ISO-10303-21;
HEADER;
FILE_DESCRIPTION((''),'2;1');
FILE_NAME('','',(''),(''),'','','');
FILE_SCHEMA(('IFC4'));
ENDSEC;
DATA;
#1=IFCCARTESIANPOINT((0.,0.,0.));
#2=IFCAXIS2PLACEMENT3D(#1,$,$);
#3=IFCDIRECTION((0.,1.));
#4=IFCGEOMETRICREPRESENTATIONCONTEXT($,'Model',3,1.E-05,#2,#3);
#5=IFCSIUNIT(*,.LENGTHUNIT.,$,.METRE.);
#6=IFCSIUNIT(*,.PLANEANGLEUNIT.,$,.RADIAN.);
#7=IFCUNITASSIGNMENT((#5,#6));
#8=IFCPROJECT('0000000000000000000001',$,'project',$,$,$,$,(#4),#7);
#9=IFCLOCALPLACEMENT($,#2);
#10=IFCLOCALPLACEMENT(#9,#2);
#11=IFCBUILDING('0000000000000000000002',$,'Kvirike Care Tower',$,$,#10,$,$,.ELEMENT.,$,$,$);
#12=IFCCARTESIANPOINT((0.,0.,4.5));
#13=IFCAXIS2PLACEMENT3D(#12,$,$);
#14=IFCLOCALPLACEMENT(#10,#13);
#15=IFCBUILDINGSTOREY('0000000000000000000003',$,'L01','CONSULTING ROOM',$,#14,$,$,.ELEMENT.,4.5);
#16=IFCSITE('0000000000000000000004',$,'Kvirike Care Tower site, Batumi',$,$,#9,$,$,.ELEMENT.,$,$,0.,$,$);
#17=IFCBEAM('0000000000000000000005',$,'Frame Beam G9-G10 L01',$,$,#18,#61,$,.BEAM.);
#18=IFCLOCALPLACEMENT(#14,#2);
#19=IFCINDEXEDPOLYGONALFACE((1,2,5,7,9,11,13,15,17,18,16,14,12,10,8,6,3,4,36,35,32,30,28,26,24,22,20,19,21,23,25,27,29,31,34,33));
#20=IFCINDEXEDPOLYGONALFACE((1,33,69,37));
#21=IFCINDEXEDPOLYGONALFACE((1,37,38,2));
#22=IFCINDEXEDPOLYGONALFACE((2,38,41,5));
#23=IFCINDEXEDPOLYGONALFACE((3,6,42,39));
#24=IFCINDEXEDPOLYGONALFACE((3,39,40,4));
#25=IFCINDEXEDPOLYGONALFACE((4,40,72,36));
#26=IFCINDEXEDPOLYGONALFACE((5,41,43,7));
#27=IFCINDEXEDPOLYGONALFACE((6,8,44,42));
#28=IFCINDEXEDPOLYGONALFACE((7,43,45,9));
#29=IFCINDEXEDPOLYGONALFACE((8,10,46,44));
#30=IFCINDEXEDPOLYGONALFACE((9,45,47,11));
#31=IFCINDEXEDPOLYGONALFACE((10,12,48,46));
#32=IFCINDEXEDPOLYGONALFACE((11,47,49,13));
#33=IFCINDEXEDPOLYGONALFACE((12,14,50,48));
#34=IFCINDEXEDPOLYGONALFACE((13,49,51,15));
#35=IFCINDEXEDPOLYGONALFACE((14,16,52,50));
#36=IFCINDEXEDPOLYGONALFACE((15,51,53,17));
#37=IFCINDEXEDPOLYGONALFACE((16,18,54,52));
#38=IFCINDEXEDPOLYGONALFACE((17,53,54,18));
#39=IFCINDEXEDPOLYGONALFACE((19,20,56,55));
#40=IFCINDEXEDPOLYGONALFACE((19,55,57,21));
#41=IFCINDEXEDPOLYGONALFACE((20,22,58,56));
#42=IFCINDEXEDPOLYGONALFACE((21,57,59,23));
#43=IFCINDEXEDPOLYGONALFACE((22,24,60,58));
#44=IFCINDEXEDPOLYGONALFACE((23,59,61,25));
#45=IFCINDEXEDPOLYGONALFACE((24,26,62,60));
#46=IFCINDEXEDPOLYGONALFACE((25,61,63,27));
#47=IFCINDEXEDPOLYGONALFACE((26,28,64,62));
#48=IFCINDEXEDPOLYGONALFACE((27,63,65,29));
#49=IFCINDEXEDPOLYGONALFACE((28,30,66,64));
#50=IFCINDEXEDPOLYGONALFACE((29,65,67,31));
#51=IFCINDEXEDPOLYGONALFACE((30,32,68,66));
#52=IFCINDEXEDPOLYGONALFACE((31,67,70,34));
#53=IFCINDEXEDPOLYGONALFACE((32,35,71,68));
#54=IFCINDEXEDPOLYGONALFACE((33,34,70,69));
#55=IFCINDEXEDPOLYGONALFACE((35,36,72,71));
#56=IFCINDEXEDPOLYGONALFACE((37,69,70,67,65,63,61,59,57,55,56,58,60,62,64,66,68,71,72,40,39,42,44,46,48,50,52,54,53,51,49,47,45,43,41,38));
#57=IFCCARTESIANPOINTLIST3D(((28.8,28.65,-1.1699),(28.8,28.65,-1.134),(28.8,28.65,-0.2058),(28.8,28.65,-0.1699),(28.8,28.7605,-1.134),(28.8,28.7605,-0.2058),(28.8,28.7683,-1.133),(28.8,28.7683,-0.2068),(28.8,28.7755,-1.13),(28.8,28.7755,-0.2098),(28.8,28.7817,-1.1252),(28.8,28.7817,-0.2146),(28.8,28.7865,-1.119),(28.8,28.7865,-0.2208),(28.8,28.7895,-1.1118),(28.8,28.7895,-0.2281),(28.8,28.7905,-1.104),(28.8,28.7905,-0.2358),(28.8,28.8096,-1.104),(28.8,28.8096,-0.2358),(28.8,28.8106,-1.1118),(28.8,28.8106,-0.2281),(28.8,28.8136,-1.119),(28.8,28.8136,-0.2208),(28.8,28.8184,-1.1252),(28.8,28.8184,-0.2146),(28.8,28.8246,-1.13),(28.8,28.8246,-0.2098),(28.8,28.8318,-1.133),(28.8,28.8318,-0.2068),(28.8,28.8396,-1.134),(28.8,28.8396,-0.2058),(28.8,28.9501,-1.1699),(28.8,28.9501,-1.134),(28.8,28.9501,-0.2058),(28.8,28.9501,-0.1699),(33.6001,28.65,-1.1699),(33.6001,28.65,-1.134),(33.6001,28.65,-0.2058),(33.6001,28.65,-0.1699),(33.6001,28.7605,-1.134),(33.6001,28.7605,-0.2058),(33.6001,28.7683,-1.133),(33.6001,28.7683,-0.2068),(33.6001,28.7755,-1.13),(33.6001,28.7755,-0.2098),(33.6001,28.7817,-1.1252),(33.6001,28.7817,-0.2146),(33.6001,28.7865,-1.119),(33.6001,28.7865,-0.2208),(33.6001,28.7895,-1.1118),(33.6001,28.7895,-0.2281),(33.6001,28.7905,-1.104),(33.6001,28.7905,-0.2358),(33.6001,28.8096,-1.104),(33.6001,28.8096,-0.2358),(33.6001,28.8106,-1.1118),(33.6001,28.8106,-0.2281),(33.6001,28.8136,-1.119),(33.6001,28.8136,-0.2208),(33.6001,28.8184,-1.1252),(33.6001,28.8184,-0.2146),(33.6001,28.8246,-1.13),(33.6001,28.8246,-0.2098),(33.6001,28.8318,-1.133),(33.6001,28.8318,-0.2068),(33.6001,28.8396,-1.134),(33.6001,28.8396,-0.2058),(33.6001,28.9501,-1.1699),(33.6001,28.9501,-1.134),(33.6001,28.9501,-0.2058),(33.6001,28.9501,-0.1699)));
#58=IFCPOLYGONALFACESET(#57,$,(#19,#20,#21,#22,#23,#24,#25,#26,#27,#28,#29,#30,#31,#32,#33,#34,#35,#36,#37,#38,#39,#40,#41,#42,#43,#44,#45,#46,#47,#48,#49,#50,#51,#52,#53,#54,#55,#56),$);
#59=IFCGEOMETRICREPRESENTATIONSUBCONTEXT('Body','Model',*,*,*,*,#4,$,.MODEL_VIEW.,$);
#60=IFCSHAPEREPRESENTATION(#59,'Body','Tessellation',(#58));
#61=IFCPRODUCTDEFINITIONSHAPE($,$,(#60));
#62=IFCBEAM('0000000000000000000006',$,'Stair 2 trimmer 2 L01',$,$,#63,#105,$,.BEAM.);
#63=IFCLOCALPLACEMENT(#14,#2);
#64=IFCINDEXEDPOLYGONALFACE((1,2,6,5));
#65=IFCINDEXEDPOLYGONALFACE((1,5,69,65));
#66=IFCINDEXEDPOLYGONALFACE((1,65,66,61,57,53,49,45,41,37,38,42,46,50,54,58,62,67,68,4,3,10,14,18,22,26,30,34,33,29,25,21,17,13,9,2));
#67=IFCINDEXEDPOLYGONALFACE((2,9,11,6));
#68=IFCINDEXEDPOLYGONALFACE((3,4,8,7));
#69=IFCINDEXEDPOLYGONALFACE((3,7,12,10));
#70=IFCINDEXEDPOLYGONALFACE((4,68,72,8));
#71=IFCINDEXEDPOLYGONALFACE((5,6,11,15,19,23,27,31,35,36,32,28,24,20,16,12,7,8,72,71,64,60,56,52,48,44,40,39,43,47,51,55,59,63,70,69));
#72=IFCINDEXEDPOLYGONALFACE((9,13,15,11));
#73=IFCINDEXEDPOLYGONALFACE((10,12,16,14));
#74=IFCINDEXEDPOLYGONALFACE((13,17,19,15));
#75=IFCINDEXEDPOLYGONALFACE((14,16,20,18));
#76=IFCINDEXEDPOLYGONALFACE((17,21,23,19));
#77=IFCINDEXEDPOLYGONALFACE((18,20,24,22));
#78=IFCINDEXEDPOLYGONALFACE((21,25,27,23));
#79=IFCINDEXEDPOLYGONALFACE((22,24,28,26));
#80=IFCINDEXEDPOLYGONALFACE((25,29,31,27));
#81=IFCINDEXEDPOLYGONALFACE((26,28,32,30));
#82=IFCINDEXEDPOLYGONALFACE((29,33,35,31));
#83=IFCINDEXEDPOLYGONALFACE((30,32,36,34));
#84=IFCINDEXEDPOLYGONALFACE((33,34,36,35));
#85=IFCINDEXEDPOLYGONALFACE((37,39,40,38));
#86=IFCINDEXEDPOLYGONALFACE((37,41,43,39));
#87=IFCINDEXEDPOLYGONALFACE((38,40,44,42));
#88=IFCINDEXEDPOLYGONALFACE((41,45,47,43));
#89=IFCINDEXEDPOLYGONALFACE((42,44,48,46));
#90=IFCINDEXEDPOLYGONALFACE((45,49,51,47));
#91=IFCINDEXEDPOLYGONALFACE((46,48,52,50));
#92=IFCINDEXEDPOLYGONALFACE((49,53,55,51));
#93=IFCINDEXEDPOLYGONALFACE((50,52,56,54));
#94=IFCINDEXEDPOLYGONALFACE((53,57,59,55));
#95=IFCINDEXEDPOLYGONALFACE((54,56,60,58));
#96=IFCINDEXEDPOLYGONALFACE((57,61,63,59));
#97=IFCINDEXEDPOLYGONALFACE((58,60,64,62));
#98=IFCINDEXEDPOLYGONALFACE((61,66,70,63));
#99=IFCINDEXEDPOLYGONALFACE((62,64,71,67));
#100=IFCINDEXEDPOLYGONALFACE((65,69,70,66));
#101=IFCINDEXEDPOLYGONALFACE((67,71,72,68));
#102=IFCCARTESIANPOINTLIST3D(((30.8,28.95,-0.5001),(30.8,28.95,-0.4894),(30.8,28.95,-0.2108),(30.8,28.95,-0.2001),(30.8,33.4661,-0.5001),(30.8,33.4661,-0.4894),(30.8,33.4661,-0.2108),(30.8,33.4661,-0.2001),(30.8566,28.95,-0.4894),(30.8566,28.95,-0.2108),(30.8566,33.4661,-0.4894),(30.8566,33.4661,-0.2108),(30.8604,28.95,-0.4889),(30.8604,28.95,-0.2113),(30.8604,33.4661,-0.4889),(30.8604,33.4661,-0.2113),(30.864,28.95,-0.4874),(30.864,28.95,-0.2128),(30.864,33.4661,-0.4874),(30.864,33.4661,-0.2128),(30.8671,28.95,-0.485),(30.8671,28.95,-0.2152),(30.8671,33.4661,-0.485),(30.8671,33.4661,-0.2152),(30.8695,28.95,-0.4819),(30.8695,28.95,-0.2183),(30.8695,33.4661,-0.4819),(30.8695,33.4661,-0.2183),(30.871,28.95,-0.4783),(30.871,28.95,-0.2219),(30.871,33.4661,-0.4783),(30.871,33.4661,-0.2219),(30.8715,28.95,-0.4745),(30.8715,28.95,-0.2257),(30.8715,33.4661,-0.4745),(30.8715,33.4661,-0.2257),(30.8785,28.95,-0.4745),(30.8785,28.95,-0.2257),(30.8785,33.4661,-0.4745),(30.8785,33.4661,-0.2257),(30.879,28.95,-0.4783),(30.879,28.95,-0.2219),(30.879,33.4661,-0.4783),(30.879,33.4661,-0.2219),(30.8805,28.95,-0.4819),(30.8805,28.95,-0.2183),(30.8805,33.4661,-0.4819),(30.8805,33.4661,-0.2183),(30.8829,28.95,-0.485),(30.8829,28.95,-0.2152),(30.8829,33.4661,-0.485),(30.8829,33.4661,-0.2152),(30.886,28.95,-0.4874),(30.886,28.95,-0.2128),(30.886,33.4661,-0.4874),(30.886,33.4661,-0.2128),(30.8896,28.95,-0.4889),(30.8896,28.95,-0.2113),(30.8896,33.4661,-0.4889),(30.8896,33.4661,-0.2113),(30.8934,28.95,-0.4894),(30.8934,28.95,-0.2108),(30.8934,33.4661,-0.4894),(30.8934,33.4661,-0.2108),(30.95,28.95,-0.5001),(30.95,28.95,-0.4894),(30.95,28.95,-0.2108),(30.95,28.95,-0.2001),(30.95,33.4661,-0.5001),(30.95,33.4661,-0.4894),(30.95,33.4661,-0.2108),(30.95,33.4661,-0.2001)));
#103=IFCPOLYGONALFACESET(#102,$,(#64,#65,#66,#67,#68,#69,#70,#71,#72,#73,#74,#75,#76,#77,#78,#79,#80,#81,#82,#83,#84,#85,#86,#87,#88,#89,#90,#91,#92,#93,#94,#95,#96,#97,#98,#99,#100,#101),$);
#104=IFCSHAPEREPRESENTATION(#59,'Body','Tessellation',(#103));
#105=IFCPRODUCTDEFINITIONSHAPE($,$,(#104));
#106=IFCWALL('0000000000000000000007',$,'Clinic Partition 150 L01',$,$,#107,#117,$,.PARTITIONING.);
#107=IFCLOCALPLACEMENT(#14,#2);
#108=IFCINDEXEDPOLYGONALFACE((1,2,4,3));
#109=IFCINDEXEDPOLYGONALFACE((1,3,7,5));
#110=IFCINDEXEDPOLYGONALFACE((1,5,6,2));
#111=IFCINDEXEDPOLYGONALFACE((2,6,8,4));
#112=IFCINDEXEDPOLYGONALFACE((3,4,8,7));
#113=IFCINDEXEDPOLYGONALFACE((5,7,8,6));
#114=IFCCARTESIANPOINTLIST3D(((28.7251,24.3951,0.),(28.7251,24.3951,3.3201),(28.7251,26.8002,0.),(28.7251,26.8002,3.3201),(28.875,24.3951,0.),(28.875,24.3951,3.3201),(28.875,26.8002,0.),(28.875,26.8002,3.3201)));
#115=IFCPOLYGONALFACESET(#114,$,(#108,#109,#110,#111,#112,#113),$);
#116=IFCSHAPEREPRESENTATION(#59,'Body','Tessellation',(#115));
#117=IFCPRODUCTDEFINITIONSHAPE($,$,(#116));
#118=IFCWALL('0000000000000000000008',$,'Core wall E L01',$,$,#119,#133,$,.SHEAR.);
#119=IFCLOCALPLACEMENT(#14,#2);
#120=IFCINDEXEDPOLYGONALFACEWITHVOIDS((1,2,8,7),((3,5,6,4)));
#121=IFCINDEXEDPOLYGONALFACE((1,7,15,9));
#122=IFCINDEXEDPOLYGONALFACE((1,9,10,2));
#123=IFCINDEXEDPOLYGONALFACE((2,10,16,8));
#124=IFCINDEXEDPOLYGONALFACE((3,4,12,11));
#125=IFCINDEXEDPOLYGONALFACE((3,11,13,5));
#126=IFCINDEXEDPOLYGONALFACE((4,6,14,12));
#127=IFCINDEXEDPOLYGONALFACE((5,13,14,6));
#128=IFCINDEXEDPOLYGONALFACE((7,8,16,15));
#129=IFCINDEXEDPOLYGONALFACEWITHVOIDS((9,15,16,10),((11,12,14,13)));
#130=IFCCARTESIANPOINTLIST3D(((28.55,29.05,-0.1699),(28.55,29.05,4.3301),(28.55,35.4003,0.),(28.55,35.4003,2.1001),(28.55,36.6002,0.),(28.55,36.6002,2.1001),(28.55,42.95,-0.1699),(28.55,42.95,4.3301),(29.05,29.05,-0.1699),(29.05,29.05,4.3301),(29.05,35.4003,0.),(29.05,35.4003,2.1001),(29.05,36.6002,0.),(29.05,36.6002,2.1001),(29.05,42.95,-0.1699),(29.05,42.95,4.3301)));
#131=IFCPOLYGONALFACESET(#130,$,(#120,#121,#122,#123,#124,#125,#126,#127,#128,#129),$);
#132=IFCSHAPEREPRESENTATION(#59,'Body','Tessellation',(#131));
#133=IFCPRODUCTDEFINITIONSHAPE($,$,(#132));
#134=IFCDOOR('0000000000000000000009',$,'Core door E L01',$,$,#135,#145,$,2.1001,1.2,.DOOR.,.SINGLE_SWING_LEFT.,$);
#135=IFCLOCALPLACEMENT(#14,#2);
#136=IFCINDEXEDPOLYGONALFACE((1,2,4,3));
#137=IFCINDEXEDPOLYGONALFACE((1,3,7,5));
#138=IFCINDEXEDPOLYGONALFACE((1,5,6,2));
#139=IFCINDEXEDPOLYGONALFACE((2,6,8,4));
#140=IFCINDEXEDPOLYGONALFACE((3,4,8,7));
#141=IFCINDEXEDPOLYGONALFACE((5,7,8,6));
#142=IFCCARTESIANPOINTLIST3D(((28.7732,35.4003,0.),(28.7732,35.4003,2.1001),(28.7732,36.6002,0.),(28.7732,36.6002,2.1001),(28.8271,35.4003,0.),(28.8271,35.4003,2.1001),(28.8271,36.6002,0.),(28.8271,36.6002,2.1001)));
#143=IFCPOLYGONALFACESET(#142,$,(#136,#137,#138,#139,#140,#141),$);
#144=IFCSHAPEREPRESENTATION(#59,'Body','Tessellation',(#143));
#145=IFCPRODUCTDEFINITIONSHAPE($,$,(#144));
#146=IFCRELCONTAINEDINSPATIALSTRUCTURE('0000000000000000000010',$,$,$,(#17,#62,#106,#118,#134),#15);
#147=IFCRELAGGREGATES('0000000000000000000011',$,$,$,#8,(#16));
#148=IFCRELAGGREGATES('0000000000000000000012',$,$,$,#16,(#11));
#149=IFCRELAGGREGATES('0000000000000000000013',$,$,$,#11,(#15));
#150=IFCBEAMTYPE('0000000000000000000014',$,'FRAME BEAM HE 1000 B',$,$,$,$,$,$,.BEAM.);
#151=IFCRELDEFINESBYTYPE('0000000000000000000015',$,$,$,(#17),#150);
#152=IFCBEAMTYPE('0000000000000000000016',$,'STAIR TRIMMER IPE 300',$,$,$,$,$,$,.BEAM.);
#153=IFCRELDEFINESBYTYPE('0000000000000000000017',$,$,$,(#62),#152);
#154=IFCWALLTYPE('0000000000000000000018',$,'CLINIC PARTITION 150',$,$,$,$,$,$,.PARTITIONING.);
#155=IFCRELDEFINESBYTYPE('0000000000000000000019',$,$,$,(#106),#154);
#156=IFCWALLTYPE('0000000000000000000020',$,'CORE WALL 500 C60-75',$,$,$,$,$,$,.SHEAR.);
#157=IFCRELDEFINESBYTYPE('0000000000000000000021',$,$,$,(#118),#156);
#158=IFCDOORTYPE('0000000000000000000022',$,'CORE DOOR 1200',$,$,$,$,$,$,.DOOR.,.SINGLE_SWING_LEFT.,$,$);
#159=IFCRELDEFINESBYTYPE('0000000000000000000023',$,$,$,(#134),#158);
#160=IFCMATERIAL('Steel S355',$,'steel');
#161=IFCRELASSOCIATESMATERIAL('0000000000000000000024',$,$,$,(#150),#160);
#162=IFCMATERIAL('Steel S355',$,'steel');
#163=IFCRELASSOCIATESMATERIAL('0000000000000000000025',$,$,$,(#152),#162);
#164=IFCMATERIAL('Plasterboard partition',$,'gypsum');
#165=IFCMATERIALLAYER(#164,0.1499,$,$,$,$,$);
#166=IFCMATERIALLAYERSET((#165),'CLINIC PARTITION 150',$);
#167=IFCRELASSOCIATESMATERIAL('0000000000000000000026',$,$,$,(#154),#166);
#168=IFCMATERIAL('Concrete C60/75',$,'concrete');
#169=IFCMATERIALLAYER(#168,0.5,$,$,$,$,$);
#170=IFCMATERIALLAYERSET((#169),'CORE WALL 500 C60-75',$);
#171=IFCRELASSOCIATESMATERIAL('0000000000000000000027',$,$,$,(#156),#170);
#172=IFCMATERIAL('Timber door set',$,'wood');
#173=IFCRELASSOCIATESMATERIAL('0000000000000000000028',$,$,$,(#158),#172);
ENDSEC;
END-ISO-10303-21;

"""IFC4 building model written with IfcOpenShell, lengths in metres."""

from ifc_helpers import new_model, si_unit, direction, frame, frame_2d, origin, origin_2d, place, context, subcontext, project, spatial, rectangle, i_section, extrude, material, layer, layer_set, material_profile, profile_set, type_object, element, fill, save


model = new_model("IFC4")

# Units and contexts
model_context = context("Model", 3, precision=1e-05, world=origin(), true_north=direction((0.0, 1.0)))
body_context = subcontext(model_context, "Body", "Model", "MODEL_VIEW")
ifc_project = project(units=[si_unit("LENGTHUNIT", "METRE"), si_unit("PLANEANGLEUNIT", "RADIAN")], contexts=[model_context])

# Site, building, storey
site_placement = place(None, origin())
site = spatial("IfcSite", under=ifc_project, at=site_placement, Name="Kvirike Care Tower site, Batumi", CompositionType="ELEMENT", RefElevation=0.0)
building_placement = place(site_placement, origin())
building = spatial("IfcBuilding", under=site, at=building_placement, Name="Kvirike Care Tower", CompositionType="ELEMENT")
storey_placement = place(building_placement, frame((0.0, 0.0, 4.5)))
storey = spatial("IfcBuildingStorey", under=building, at=storey_placement, Name="L01", Description="CONSULTING ROOM", CompositionType="ELEMENT", Elevation=4.5)

# Beams
ifc_material_1 = material(Name="Steel S355", Category="steel")
ifc_material_profile_1 = material_profile(ifc_material_1, i_section(OverallWidth=0.3, OverallDepth=1.0, WebThickness=0.019, FlangeThickness=0.0359, FilletRadius=0.03, at=origin_2d()), Name="HE 1000 B")
ifc_profile_set_1 = profile_set([ifc_material_profile_1], Name="Steel S355")
beam_type_1 = type_object("IfcBeamType", Name="FRAME BEAM HE 1000 B", PredefinedType="BEAM", material=ifc_profile_set_1)
beam_1_placement = place(storey_placement, frame((28.8, 28.8, -0.6699), z_axis=(1.0, 0.0, 0.0), x_axis=(0.0, 1.0, 0.0)))
element("IfcBeam", 1, at=beam_1_placement, inside=storey, type_object=beam_type_1, Name="Frame Beam G9-G10 L01", PredefinedType="BEAM", context=body_context, shape_type="SweptSolid", body=[
    extrude(i_section(OverallWidth=0.3, OverallDepth=1.0, WebThickness=0.019, FlangeThickness=0.0359, FilletRadius=0.03, at=origin_2d()), origin(), (0.0, 0.0, 1.0), 4.8),
])
ifc_material_2 = material(Name="Steel S355", Category="steel")
ifc_material_profile_2 = material_profile(ifc_material_2, i_section(OverallWidth=0.1499, OverallDepth=0.3, WebThickness=0.0071, FlangeThickness=0.0107, FilletRadius=0.0149, at=origin_2d()), Name="IPE 300")
ifc_profile_set_2 = profile_set([ifc_material_profile_2], Name="Steel S355")
beam_type_2 = type_object("IfcBeamType", Name="STAIR TRIMMER IPE 300", PredefinedType="BEAM", material=ifc_profile_set_2)
beam_2_placement = place(storey_placement, frame((30.875, 28.95, -0.3501), z_axis=(0.0, 1.0, 0.0), x_axis=(-1.0, 0.0, 0.0)))
element("IfcBeam", 2, at=beam_2_placement, inside=storey, type_object=beam_type_2, Name="Stair 2 trimmer 2 L01", PredefinedType="BEAM", context=body_context, shape_type="SweptSolid", body=[
    extrude(i_section(OverallWidth=0.1499, OverallDepth=0.3, WebThickness=0.0071, FlangeThickness=0.0107, FilletRadius=0.0149, at=origin_2d()), origin(), (0.0, 0.0, 1.0), 4.5161),
])

# Wall
ifc_material_3 = material(Name="Plasterboard partition", Category="gypsum")
ifc_layer_1 = layer(ifc_material_3, 0.1499)
ifc_layer_set_1 = layer_set([ifc_layer_1], Name="CLINIC PARTITION 150")
wall_type_1 = type_object("IfcWallType", Name="CLINIC PARTITION 150", PredefinedType="PARTITIONING", material=ifc_layer_set_1)
wall_1_placement = place(storey_placement, frame((28.8, 24.395, 0.0), z_axis=(0.0, 0.0, 1.0), x_axis=(0.0, 1.0, 0.0)))
element("IfcWall", 3, at=wall_1_placement, inside=storey, type_object=wall_type_1, Name="Clinic Partition 150 L01", PredefinedType="PARTITIONING", context=body_context, shape_type="SweptSolid", body=[
    extrude(rectangle(XDim=2.405, YDim=0.1499, at=frame_2d((1.2026, 0.0))), origin(), (0.0, 0.0, 1.0), 3.3201),
])

# Wall, opening, door
ifc_material_4 = material(Name="Concrete C60/75", Category="concrete")
ifc_layer_2 = layer(ifc_material_4, 0.5)
ifc_layer_set_2 = layer_set([ifc_layer_2], Name="CORE WALL 500 C60-75")
wall_type_2 = type_object("IfcWallType", Name="CORE WALL 500 C60-75", PredefinedType="SHEAR", material=ifc_layer_set_2)
wall_2_placement = place(storey_placement, frame((28.8, 29.05, -0.1699), z_axis=(0.0, 0.0, 1.0), x_axis=(0.0, 1.0, 0.0)))
wall_2 = element("IfcWall", 4, at=wall_2_placement, inside=storey, type_object=wall_type_2, Name="Core wall E L01", PredefinedType="SHEAR", context=body_context, shape_type="SweptSolid", body=[
    extrude(rectangle(XDim=13.8999, YDim=0.5, at=frame_2d((6.95, 0.0))), origin(), (0.0, 0.0, 1.0), 4.5),
])
opening_1_placement = place(wall_2_placement, frame((6.3501, 0.0, 0.1699)))
opening_1 = element("IfcOpeningElement", 5, at=opening_1_placement, cuts=wall_2, PredefinedType="OPENING", context=body_context, shape_type="SweptSolid", body=[
    extrude(rectangle(XDim=1.2, YDim=2.1001, at=frame_2d((0.6001, 1.05))), frame((0.0, 0.2605, 0.0), z_axis=(0.0, -1.0, 0.0), x_axis=(1.0, 0.0, 0.0)), (0.0, 0.0, 1.0), 0.521),
])
ifc_material_5 = material(Name="Timber door set", Category="wood")
door_type_1 = type_object("IfcDoorType", Name="CORE DOOR 1200", OperationType="SINGLE_SWING_LEFT", PredefinedType="DOOR", material=ifc_material_5)
door_1_placement = place(opening_1_placement, origin())
door_1 = element("IfcDoor", 6, at=door_1_placement, inside=storey, type_object=door_type_1, Name="Core door E L01", OperationType="SINGLE_SWING_LEFT", OverallHeight=2.1001, OverallWidth=1.2, PredefinedType="DOOR", context=body_context, shape_type="SweptSolid", body=[
    extrude(rectangle(XDim=1.2, YDim=2.1001, at=frame_2d((0.6001, 1.05))), frame((0.0, 0.0269, 0.0), z_axis=(0.0, -1.0, 0.0), x_axis=(1.0, 0.0, 0.0)), (0.0, 0.0, 1.0), 0.054),
])
fill(opening_1, door_1)

save(model, "model.ifc")
